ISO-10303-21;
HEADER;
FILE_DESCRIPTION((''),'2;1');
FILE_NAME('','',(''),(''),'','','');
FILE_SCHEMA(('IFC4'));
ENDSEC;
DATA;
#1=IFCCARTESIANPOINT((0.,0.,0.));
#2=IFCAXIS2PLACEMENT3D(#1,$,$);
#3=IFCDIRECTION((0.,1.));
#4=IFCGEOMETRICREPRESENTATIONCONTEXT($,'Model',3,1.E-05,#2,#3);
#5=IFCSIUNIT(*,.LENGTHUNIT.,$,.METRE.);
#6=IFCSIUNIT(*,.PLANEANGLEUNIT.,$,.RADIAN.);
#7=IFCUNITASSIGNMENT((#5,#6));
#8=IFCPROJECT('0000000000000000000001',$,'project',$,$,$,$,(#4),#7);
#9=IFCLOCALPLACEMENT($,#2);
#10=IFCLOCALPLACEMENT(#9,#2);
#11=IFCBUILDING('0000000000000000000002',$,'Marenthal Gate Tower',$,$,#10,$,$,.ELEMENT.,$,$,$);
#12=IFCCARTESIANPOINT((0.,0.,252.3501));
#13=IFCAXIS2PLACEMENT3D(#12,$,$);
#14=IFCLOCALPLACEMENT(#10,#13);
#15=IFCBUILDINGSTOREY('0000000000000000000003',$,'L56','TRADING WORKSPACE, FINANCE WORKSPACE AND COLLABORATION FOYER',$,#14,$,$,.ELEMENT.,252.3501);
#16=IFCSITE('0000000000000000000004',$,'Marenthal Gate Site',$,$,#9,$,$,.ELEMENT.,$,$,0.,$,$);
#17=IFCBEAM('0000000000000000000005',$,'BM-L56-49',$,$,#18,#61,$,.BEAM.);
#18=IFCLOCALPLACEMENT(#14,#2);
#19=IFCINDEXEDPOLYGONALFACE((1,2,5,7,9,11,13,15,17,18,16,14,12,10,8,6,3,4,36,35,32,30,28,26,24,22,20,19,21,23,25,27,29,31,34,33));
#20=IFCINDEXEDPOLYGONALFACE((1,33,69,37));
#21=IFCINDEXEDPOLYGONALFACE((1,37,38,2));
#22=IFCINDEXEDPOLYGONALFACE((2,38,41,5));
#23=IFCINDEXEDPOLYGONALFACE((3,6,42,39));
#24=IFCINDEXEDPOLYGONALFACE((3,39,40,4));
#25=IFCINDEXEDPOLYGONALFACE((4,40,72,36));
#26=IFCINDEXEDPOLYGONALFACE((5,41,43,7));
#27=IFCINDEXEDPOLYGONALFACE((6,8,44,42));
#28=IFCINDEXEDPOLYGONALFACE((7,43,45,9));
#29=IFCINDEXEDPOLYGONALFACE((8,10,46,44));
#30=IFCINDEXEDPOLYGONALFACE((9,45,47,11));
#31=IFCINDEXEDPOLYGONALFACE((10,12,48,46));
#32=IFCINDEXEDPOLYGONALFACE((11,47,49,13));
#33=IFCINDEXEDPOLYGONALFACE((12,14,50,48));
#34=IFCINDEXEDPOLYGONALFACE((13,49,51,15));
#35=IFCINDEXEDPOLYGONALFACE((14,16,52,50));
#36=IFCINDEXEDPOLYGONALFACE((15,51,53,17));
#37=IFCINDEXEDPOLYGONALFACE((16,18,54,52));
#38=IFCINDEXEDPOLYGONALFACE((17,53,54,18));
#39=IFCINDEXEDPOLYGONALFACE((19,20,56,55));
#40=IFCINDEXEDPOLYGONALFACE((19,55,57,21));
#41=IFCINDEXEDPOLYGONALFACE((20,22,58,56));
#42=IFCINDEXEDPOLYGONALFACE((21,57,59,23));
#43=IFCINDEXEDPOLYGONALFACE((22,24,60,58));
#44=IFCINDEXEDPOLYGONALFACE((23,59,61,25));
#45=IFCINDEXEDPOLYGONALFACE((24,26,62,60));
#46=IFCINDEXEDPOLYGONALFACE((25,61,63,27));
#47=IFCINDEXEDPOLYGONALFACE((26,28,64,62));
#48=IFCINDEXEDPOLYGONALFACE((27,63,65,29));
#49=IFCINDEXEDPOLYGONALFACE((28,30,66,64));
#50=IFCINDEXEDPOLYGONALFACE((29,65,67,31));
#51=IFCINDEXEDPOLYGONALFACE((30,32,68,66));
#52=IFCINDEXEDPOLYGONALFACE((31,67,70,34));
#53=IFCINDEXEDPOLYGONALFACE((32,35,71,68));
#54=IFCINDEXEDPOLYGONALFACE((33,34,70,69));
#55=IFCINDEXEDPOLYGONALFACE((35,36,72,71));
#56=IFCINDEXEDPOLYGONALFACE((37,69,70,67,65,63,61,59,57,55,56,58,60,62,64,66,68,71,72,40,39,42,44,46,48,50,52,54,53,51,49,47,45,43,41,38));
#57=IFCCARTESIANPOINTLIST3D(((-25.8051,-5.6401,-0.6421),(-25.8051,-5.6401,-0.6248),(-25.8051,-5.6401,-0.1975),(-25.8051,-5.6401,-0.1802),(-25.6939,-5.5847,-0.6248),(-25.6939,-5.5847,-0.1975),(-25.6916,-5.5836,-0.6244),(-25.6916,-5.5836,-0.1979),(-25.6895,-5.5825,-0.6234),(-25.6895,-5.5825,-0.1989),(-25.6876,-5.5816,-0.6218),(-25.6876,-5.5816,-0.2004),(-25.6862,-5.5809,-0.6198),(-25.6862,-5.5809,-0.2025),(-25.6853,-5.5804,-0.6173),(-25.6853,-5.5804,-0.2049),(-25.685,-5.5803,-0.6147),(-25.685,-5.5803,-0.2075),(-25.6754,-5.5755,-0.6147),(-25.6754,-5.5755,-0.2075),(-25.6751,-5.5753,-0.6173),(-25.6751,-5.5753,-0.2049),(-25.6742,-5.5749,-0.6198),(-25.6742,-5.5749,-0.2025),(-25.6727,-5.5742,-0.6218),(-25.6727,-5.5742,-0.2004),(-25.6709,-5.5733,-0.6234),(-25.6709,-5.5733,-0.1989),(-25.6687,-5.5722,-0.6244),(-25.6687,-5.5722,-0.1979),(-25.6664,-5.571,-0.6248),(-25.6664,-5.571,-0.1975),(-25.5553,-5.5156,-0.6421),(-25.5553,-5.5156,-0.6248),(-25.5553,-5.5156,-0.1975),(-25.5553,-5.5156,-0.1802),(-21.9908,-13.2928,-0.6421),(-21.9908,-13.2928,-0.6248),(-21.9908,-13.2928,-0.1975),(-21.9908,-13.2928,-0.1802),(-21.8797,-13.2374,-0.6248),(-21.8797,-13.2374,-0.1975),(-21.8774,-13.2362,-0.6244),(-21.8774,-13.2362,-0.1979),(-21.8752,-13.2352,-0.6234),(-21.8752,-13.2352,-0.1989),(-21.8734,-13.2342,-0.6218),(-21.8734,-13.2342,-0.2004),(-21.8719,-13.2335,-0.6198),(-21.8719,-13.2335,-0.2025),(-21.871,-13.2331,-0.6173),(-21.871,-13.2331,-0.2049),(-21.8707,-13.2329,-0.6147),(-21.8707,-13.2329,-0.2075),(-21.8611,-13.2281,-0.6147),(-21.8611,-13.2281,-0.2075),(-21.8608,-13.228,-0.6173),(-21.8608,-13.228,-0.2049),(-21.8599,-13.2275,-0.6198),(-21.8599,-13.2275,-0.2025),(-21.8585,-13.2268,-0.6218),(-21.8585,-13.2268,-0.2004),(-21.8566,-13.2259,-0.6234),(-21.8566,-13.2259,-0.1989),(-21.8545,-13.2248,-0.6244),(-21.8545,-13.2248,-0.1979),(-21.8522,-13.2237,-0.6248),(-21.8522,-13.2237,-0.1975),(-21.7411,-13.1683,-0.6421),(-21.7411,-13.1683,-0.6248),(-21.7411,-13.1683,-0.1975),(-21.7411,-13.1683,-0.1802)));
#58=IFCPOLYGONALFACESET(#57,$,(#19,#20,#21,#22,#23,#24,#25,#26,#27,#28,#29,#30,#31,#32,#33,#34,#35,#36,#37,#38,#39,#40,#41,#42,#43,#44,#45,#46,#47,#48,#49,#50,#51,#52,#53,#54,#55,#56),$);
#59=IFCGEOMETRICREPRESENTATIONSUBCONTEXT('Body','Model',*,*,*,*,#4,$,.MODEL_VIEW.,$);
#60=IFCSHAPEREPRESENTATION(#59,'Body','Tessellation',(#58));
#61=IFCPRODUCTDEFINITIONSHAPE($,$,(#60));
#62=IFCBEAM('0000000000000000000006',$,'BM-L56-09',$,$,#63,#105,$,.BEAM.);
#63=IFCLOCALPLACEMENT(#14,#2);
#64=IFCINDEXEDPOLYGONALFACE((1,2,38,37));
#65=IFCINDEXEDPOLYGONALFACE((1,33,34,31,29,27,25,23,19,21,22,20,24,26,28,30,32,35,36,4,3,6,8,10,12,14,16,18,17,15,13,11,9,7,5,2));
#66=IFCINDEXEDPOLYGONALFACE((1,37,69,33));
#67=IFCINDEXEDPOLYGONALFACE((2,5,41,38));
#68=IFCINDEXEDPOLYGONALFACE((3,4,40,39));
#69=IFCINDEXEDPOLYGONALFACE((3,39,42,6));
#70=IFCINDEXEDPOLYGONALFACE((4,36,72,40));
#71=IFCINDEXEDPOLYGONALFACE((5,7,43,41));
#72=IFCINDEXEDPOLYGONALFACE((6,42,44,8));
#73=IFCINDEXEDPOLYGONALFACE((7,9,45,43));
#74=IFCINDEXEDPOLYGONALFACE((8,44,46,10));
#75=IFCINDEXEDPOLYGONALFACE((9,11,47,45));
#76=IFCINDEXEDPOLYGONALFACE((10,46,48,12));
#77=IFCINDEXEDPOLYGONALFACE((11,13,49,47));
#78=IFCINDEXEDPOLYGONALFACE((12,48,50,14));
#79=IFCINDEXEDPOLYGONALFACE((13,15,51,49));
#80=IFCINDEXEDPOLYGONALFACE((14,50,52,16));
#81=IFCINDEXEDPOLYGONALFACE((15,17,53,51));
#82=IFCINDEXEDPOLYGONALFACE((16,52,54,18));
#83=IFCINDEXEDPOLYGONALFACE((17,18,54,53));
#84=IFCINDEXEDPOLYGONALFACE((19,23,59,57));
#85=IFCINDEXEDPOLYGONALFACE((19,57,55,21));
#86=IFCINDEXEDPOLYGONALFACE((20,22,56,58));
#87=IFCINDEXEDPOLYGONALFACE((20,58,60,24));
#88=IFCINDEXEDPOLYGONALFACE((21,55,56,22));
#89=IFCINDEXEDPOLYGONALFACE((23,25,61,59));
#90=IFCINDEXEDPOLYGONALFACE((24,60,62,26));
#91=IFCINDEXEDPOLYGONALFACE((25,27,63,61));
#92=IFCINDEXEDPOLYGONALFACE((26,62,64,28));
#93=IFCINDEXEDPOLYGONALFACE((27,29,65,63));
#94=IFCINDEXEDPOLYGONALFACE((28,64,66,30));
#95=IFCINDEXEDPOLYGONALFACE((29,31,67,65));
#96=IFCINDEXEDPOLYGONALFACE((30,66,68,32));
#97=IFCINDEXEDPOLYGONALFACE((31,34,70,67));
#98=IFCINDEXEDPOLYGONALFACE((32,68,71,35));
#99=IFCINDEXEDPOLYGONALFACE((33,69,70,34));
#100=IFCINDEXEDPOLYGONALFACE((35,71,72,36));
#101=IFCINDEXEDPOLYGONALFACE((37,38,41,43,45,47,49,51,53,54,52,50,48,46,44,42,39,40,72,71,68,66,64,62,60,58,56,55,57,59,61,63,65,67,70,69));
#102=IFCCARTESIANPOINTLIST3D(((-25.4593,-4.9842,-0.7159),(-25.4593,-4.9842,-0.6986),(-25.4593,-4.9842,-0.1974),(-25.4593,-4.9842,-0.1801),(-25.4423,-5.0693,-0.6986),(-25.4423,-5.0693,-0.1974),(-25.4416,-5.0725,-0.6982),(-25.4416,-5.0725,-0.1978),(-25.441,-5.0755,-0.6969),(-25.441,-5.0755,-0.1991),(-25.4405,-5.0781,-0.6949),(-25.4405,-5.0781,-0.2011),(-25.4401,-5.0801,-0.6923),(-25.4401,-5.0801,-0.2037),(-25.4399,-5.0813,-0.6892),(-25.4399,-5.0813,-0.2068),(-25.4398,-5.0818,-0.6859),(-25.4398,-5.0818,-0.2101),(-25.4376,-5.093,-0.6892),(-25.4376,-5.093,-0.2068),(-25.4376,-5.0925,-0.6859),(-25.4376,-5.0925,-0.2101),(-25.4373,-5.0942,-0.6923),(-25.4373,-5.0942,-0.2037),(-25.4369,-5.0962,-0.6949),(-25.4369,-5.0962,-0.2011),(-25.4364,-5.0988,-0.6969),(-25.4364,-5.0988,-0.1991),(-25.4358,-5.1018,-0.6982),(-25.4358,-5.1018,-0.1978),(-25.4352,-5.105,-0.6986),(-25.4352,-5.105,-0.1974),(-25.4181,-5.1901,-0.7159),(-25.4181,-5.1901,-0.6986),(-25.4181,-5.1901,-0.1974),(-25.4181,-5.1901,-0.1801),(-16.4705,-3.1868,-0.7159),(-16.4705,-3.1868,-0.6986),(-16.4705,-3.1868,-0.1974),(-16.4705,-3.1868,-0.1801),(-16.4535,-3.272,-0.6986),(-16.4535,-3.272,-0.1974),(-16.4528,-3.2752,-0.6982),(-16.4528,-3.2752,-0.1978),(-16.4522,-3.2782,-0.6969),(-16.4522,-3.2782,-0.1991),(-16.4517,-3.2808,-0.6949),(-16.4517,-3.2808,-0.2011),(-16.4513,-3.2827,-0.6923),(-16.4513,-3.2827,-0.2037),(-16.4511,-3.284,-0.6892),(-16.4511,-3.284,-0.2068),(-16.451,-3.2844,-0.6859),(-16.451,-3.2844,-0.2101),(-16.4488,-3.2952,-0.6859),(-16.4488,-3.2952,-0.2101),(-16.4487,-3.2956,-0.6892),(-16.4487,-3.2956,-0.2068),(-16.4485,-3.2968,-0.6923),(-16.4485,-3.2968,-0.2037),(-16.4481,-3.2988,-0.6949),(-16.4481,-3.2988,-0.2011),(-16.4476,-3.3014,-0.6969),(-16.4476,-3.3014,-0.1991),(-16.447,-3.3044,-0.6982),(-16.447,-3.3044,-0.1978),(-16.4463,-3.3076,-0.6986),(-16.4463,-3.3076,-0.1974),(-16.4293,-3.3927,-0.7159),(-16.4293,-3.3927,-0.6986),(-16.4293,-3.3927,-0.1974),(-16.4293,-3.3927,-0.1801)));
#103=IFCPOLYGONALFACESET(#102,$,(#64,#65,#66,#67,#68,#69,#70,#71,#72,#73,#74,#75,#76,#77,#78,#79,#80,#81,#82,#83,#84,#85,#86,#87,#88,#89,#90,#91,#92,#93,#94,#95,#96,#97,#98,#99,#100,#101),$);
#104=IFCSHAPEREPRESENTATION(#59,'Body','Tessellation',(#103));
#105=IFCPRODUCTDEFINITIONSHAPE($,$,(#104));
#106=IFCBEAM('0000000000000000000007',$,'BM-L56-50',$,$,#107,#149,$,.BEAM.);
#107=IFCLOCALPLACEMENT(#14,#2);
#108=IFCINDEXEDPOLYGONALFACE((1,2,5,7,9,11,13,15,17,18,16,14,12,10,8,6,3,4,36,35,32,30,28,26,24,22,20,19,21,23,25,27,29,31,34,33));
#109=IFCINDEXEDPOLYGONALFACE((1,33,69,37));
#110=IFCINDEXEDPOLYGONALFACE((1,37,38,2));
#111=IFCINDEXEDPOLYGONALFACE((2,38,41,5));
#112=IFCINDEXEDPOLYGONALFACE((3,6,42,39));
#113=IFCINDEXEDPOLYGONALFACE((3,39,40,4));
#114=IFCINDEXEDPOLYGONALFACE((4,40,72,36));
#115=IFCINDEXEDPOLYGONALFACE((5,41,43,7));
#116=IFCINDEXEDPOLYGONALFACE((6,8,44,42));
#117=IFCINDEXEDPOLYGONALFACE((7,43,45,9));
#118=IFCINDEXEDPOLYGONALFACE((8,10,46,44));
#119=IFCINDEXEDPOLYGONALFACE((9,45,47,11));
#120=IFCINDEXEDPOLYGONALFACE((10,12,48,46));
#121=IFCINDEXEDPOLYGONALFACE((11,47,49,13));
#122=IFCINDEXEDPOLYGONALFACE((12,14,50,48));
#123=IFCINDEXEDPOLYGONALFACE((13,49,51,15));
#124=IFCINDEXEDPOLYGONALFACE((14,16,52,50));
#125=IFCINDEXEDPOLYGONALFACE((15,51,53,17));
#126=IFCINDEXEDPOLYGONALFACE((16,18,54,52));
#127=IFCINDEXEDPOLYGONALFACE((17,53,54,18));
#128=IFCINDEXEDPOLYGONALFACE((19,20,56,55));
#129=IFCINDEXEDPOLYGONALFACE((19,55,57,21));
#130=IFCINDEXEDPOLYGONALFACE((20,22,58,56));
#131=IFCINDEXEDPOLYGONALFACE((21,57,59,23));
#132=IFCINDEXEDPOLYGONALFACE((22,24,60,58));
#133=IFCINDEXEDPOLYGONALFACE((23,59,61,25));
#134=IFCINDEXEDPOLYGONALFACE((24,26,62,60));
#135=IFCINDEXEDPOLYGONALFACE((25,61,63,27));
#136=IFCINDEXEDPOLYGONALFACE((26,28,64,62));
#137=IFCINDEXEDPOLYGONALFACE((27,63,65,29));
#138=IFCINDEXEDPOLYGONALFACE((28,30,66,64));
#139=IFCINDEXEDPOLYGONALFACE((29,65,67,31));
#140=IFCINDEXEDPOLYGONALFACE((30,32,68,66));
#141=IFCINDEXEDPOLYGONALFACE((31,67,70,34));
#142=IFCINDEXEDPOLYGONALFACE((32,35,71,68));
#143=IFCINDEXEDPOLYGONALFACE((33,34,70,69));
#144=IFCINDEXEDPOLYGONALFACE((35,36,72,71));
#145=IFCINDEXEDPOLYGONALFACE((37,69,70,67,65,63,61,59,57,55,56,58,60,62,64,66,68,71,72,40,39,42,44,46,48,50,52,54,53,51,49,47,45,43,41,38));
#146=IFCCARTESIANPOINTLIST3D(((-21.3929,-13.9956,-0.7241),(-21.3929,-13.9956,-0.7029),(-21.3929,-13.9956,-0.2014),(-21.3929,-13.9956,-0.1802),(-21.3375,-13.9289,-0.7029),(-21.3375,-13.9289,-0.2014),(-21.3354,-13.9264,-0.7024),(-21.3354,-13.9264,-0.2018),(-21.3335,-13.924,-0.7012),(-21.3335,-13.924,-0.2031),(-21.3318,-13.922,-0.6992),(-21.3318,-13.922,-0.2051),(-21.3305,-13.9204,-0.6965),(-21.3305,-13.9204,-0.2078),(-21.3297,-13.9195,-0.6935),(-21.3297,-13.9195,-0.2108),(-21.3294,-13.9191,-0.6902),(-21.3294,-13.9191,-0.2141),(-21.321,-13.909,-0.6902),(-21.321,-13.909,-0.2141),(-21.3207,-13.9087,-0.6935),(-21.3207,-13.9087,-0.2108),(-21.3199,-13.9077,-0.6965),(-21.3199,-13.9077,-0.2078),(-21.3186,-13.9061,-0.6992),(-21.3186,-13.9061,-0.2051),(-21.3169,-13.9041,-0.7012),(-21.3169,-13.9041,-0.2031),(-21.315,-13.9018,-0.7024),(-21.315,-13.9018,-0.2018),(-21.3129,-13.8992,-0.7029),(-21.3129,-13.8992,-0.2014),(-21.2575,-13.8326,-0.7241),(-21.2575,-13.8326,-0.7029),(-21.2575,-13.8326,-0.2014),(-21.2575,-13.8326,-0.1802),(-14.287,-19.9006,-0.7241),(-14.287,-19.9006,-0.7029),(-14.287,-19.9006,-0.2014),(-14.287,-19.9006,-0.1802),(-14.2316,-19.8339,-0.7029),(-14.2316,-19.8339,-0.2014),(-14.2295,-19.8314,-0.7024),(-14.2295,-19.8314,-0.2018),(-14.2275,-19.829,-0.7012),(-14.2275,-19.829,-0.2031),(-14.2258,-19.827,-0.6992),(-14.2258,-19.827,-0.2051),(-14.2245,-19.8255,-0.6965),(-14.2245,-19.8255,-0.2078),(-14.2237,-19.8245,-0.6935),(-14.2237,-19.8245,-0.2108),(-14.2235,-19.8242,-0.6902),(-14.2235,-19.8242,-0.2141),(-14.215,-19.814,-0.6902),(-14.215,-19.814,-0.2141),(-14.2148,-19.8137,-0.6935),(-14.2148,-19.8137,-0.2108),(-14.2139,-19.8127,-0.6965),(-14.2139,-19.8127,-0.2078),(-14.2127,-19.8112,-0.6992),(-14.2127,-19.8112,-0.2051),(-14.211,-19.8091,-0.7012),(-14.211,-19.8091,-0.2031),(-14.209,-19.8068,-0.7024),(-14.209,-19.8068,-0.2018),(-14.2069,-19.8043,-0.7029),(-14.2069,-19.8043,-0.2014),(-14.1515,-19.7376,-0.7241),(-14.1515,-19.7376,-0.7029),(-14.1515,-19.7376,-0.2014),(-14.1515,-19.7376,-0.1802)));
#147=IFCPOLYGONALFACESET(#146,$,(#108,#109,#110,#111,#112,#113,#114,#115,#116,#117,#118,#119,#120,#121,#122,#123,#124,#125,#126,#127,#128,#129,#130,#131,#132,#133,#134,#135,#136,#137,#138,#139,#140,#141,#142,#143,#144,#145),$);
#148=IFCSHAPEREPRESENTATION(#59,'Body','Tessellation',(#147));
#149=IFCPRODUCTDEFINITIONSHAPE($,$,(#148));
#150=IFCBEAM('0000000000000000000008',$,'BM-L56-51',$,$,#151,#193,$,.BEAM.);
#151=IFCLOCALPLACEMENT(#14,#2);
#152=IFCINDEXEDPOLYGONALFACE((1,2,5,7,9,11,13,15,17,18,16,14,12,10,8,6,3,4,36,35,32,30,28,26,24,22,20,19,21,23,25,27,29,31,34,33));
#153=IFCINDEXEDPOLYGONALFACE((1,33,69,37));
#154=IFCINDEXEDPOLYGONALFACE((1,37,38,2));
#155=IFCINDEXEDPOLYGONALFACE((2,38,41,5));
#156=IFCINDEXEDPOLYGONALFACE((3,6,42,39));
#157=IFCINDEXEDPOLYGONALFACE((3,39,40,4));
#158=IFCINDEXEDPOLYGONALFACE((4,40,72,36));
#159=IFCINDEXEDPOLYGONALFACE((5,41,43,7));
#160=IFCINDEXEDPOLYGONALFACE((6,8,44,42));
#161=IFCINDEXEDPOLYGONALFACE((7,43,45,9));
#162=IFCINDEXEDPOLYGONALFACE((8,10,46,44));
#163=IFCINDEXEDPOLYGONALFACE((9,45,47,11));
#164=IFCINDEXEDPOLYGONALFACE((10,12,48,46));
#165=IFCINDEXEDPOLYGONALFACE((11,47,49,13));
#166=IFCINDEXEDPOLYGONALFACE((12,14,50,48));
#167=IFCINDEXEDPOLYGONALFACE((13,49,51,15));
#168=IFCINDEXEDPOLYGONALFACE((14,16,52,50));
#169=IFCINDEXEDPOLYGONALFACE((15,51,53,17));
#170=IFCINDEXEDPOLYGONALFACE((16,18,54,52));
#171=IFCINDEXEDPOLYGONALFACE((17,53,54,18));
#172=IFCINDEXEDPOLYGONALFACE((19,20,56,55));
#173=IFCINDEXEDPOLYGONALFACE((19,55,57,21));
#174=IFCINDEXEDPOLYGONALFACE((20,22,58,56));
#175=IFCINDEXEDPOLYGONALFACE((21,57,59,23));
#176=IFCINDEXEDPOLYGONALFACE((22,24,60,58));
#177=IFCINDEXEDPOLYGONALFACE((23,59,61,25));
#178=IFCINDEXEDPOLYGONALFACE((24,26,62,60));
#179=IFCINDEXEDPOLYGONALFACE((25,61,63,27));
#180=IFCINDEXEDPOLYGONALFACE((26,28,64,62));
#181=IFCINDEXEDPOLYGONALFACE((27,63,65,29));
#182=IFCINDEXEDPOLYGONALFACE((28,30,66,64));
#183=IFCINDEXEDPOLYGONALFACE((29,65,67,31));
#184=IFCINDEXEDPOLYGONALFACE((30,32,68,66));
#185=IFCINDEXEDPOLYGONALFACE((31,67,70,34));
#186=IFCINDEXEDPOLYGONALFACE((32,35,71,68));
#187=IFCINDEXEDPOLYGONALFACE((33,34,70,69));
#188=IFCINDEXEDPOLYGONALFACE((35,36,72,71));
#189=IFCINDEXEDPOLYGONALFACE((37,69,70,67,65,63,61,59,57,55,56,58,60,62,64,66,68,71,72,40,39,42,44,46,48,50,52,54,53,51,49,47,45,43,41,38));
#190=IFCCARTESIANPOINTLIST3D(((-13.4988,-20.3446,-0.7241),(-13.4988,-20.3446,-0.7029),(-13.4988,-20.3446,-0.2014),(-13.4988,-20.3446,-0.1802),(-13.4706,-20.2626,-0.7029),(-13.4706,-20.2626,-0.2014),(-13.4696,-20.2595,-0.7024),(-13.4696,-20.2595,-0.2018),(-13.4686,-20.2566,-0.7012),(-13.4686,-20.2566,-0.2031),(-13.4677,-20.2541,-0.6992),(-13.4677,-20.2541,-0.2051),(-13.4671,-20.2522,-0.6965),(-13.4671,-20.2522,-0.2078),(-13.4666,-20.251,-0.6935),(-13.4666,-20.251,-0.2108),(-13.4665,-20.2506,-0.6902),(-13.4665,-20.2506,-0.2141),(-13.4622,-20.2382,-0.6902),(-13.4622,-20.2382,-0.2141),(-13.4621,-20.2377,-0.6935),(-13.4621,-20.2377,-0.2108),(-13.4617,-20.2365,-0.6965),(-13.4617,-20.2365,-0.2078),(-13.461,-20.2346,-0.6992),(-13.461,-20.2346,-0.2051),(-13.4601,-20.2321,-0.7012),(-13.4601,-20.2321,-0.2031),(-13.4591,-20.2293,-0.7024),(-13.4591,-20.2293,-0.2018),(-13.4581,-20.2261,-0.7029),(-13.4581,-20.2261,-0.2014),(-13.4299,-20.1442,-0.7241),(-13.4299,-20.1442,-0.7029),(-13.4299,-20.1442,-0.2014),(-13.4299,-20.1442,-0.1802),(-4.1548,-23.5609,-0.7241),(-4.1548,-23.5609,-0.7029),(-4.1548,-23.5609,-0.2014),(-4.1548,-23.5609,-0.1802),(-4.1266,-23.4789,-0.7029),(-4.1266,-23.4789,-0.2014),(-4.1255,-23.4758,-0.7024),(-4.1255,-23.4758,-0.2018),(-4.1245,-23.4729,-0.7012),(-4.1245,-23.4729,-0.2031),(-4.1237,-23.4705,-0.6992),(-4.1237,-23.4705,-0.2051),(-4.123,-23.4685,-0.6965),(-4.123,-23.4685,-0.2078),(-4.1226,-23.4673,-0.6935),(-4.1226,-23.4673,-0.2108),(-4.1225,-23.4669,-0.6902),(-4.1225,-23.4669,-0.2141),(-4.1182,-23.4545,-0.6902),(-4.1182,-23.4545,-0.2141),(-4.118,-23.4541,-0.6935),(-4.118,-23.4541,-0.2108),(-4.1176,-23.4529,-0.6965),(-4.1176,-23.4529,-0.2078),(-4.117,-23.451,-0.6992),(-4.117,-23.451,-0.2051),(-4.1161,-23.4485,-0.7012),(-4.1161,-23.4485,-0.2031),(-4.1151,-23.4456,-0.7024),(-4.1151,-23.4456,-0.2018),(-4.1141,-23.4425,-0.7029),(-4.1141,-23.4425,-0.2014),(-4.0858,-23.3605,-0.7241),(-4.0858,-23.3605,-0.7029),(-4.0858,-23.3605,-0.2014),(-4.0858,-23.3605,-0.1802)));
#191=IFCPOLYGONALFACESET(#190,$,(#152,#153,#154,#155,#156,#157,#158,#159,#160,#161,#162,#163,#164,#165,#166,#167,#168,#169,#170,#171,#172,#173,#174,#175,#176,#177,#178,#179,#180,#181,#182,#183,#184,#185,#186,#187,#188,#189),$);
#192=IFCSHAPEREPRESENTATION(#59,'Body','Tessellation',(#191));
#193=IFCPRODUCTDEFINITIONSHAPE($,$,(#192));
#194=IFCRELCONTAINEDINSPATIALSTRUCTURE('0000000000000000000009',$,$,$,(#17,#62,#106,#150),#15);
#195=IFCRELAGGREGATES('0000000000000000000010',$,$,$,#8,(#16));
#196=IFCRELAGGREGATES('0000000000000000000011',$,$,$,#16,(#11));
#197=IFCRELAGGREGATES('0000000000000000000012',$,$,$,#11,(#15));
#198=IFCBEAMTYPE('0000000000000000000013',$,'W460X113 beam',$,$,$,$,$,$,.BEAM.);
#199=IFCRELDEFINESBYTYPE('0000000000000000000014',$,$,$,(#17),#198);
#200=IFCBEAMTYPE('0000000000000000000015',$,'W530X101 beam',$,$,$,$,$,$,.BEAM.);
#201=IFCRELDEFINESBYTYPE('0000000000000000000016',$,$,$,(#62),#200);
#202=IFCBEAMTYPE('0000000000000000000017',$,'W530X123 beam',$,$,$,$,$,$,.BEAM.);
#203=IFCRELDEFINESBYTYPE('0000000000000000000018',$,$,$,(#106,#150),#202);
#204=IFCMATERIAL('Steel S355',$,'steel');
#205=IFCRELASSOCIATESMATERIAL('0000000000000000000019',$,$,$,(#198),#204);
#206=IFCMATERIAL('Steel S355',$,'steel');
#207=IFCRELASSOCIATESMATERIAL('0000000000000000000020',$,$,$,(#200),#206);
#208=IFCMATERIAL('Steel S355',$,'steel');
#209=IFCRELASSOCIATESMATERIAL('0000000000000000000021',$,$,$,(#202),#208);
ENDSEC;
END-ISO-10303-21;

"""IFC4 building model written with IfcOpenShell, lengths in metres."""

from ifc_helpers import new_model, si_unit, direction, frame, origin, origin_2d, place, context, subcontext, project, spatial, i_section, extrude, material, material_profile, profile_set, type_object, element, save


model = new_model("IFC4")

# Units and contexts
model_context = context("Model", 3, precision=1e-05, world=origin(), true_north=direction((0.0, 1.0)))
body_context = subcontext(model_context, "Body", "Model", "MODEL_VIEW")
ifc_project = project(units=[si_unit("LENGTHUNIT", "METRE"), si_unit("PLANEANGLEUNIT", "RADIAN")], contexts=[model_context])

# Site, building, storey
site_placement = place(None, origin())
site = spatial("IfcSite", under=ifc_project, at=site_placement, Name="Marenthal Gate Site", CompositionType="ELEMENT", RefElevation=0.0)
building_placement = place(site_placement, origin())
building = spatial("IfcBuilding", under=site, at=building_placement, Name="Marenthal Gate Tower", CompositionType="ELEMENT")
storey_placement = place(building_placement, frame((0.0, 0.0, 252.3501)))
storey = spatial("IfcBuildingStorey", under=building, at=storey_placement, Name="L56", Description="TRADING WORKSPACE, FINANCE WORKSPACE AND COLLABORATION FOYER", CompositionType="ELEMENT", Elevation=252.3501)

# Beams
ifc_material_1 = material(Name="Steel S355", Category="steel")
ifc_material_profile_1 = material_profile(ifc_material_1, i_section(OverallWidth=0.2791, OverallDepth=0.4619, WebThickness=0.0107, FlangeThickness=0.0173, FilletRadius=0.01, at=origin_2d()), Name="W460X113")
ifc_profile_set_1 = profile_set([ifc_material_profile_1], Name="Steel S355")
beam_type_1 = type_object("IfcBeamType", Name="W460X113 beam", PredefinedType="BEAM", material=ifc_profile_set_1)
beam_1_placement = place(storey_placement, frame((-25.6802, -5.5779, -0.4111), z_axis=(0.446083, -0.894992, 0.0), x_axis=(0.894992, 0.446083, 0.0)))
element("IfcBeam", 1, at=beam_1_placement, inside=storey, type_object=beam_type_1, Name="BM-L56-49", PredefinedType="BEAM", context=body_context, shape_type="SweptSolid", body=[
    extrude(i_section(OverallWidth=0.2791, OverallDepth=0.4619, WebThickness=0.0107, FlangeThickness=0.0173, FilletRadius=0.01, at=origin_2d()), origin(), (0.0, 0.0, 1.0), 8.5505),
])
ifc_material_2 = material(Name="Steel S355", Category="steel")
ifc_material_profile_2 = material_profile(ifc_material_2, i_section(OverallWidth=0.21, OverallDepth=0.5359, WebThickness=0.011, FlangeThickness=0.0173, FilletRadius=0.0127, at=origin_2d()), Name="W530X101")
ifc_profile_set_2 = profile_set([ifc_material_profile_2], Name="Steel S355")
beam_type_2 = type_object("IfcBeamType", Name="W530X101 beam", PredefinedType="BEAM", material=ifc_profile_set_2)
beam_2_placement = place(storey_placement, frame((-25.4387, -5.0872, -0.448), z_axis=(0.980589, 0.196075, 0.0), x_axis=(-0.196075, 0.980589, 0.0)))
element("IfcBeam", 2, at=beam_2_placement, inside=storey, type_object=beam_type_2, Name="BM-L56-09", PredefinedType="BEAM", context=body_context, shape_type="SweptSolid", body=[
    extrude(i_section(OverallWidth=0.21, OverallDepth=0.5359, WebThickness=0.011, FlangeThickness=0.0173, FilletRadius=0.0127, at=origin_2d()), origin(), (0.0, 0.0, 1.0), 9.1667),
])
ifc_material_3 = material(Name="Steel S355", Category="steel")
ifc_material_profile_3 = material_profile(ifc_material_3, i_section(OverallWidth=0.2119, OverallDepth=0.5439, WebThickness=0.0132, FlangeThickness=0.0212, FilletRadius=0.0127, at=origin_2d()), Name="W530X123")
ifc_profile_set_3 = profile_set([ifc_material_profile_3], Name="Steel S355")
beam_type_3 = type_object("IfcBeamType", Name="W530X123 beam", PredefinedType="BEAM", material=ifc_profile_set_3)
beam_3_placement = place(storey_placement, frame((-21.3252, -13.9141, -0.4521), z_axis=(0.769104, -0.639123, 0.0), x_axis=(0.639123, 0.769104, 0.0)))
element("IfcBeam", 3, at=beam_3_placement, inside=storey, type_object=beam_type_3, Name="BM-L56-50", PredefinedType="BEAM", context=body_context, shape_type="SweptSolid", body=[
    extrude(i_section(OverallWidth=0.2119, OverallDepth=0.5439, WebThickness=0.0132, FlangeThickness=0.0212, FilletRadius=0.0127, at=origin_2d()), origin(), (0.0, 0.0, 1.0), 9.2393),
])
beam_4_placement = place(storey_placement, frame((-13.4644, -20.2444, -0.4521), z_axis=(0.945552, -0.32547, 0.0), x_axis=(0.32547, 0.945552, 0.0)))
element("IfcBeam", 4, at=beam_4_placement, inside=storey, type_object=beam_type_3, Name="BM-L56-51", PredefinedType="BEAM", context=body_context, shape_type="SweptSolid", body=[
    extrude(i_section(OverallWidth=0.2119, OverallDepth=0.5439, WebThickness=0.0132, FlangeThickness=0.0212, FilletRadius=0.0127, at=origin_2d()), origin(), (0.0, 0.0, 1.0), 9.8821),
])

save(model, "model.ifc")
